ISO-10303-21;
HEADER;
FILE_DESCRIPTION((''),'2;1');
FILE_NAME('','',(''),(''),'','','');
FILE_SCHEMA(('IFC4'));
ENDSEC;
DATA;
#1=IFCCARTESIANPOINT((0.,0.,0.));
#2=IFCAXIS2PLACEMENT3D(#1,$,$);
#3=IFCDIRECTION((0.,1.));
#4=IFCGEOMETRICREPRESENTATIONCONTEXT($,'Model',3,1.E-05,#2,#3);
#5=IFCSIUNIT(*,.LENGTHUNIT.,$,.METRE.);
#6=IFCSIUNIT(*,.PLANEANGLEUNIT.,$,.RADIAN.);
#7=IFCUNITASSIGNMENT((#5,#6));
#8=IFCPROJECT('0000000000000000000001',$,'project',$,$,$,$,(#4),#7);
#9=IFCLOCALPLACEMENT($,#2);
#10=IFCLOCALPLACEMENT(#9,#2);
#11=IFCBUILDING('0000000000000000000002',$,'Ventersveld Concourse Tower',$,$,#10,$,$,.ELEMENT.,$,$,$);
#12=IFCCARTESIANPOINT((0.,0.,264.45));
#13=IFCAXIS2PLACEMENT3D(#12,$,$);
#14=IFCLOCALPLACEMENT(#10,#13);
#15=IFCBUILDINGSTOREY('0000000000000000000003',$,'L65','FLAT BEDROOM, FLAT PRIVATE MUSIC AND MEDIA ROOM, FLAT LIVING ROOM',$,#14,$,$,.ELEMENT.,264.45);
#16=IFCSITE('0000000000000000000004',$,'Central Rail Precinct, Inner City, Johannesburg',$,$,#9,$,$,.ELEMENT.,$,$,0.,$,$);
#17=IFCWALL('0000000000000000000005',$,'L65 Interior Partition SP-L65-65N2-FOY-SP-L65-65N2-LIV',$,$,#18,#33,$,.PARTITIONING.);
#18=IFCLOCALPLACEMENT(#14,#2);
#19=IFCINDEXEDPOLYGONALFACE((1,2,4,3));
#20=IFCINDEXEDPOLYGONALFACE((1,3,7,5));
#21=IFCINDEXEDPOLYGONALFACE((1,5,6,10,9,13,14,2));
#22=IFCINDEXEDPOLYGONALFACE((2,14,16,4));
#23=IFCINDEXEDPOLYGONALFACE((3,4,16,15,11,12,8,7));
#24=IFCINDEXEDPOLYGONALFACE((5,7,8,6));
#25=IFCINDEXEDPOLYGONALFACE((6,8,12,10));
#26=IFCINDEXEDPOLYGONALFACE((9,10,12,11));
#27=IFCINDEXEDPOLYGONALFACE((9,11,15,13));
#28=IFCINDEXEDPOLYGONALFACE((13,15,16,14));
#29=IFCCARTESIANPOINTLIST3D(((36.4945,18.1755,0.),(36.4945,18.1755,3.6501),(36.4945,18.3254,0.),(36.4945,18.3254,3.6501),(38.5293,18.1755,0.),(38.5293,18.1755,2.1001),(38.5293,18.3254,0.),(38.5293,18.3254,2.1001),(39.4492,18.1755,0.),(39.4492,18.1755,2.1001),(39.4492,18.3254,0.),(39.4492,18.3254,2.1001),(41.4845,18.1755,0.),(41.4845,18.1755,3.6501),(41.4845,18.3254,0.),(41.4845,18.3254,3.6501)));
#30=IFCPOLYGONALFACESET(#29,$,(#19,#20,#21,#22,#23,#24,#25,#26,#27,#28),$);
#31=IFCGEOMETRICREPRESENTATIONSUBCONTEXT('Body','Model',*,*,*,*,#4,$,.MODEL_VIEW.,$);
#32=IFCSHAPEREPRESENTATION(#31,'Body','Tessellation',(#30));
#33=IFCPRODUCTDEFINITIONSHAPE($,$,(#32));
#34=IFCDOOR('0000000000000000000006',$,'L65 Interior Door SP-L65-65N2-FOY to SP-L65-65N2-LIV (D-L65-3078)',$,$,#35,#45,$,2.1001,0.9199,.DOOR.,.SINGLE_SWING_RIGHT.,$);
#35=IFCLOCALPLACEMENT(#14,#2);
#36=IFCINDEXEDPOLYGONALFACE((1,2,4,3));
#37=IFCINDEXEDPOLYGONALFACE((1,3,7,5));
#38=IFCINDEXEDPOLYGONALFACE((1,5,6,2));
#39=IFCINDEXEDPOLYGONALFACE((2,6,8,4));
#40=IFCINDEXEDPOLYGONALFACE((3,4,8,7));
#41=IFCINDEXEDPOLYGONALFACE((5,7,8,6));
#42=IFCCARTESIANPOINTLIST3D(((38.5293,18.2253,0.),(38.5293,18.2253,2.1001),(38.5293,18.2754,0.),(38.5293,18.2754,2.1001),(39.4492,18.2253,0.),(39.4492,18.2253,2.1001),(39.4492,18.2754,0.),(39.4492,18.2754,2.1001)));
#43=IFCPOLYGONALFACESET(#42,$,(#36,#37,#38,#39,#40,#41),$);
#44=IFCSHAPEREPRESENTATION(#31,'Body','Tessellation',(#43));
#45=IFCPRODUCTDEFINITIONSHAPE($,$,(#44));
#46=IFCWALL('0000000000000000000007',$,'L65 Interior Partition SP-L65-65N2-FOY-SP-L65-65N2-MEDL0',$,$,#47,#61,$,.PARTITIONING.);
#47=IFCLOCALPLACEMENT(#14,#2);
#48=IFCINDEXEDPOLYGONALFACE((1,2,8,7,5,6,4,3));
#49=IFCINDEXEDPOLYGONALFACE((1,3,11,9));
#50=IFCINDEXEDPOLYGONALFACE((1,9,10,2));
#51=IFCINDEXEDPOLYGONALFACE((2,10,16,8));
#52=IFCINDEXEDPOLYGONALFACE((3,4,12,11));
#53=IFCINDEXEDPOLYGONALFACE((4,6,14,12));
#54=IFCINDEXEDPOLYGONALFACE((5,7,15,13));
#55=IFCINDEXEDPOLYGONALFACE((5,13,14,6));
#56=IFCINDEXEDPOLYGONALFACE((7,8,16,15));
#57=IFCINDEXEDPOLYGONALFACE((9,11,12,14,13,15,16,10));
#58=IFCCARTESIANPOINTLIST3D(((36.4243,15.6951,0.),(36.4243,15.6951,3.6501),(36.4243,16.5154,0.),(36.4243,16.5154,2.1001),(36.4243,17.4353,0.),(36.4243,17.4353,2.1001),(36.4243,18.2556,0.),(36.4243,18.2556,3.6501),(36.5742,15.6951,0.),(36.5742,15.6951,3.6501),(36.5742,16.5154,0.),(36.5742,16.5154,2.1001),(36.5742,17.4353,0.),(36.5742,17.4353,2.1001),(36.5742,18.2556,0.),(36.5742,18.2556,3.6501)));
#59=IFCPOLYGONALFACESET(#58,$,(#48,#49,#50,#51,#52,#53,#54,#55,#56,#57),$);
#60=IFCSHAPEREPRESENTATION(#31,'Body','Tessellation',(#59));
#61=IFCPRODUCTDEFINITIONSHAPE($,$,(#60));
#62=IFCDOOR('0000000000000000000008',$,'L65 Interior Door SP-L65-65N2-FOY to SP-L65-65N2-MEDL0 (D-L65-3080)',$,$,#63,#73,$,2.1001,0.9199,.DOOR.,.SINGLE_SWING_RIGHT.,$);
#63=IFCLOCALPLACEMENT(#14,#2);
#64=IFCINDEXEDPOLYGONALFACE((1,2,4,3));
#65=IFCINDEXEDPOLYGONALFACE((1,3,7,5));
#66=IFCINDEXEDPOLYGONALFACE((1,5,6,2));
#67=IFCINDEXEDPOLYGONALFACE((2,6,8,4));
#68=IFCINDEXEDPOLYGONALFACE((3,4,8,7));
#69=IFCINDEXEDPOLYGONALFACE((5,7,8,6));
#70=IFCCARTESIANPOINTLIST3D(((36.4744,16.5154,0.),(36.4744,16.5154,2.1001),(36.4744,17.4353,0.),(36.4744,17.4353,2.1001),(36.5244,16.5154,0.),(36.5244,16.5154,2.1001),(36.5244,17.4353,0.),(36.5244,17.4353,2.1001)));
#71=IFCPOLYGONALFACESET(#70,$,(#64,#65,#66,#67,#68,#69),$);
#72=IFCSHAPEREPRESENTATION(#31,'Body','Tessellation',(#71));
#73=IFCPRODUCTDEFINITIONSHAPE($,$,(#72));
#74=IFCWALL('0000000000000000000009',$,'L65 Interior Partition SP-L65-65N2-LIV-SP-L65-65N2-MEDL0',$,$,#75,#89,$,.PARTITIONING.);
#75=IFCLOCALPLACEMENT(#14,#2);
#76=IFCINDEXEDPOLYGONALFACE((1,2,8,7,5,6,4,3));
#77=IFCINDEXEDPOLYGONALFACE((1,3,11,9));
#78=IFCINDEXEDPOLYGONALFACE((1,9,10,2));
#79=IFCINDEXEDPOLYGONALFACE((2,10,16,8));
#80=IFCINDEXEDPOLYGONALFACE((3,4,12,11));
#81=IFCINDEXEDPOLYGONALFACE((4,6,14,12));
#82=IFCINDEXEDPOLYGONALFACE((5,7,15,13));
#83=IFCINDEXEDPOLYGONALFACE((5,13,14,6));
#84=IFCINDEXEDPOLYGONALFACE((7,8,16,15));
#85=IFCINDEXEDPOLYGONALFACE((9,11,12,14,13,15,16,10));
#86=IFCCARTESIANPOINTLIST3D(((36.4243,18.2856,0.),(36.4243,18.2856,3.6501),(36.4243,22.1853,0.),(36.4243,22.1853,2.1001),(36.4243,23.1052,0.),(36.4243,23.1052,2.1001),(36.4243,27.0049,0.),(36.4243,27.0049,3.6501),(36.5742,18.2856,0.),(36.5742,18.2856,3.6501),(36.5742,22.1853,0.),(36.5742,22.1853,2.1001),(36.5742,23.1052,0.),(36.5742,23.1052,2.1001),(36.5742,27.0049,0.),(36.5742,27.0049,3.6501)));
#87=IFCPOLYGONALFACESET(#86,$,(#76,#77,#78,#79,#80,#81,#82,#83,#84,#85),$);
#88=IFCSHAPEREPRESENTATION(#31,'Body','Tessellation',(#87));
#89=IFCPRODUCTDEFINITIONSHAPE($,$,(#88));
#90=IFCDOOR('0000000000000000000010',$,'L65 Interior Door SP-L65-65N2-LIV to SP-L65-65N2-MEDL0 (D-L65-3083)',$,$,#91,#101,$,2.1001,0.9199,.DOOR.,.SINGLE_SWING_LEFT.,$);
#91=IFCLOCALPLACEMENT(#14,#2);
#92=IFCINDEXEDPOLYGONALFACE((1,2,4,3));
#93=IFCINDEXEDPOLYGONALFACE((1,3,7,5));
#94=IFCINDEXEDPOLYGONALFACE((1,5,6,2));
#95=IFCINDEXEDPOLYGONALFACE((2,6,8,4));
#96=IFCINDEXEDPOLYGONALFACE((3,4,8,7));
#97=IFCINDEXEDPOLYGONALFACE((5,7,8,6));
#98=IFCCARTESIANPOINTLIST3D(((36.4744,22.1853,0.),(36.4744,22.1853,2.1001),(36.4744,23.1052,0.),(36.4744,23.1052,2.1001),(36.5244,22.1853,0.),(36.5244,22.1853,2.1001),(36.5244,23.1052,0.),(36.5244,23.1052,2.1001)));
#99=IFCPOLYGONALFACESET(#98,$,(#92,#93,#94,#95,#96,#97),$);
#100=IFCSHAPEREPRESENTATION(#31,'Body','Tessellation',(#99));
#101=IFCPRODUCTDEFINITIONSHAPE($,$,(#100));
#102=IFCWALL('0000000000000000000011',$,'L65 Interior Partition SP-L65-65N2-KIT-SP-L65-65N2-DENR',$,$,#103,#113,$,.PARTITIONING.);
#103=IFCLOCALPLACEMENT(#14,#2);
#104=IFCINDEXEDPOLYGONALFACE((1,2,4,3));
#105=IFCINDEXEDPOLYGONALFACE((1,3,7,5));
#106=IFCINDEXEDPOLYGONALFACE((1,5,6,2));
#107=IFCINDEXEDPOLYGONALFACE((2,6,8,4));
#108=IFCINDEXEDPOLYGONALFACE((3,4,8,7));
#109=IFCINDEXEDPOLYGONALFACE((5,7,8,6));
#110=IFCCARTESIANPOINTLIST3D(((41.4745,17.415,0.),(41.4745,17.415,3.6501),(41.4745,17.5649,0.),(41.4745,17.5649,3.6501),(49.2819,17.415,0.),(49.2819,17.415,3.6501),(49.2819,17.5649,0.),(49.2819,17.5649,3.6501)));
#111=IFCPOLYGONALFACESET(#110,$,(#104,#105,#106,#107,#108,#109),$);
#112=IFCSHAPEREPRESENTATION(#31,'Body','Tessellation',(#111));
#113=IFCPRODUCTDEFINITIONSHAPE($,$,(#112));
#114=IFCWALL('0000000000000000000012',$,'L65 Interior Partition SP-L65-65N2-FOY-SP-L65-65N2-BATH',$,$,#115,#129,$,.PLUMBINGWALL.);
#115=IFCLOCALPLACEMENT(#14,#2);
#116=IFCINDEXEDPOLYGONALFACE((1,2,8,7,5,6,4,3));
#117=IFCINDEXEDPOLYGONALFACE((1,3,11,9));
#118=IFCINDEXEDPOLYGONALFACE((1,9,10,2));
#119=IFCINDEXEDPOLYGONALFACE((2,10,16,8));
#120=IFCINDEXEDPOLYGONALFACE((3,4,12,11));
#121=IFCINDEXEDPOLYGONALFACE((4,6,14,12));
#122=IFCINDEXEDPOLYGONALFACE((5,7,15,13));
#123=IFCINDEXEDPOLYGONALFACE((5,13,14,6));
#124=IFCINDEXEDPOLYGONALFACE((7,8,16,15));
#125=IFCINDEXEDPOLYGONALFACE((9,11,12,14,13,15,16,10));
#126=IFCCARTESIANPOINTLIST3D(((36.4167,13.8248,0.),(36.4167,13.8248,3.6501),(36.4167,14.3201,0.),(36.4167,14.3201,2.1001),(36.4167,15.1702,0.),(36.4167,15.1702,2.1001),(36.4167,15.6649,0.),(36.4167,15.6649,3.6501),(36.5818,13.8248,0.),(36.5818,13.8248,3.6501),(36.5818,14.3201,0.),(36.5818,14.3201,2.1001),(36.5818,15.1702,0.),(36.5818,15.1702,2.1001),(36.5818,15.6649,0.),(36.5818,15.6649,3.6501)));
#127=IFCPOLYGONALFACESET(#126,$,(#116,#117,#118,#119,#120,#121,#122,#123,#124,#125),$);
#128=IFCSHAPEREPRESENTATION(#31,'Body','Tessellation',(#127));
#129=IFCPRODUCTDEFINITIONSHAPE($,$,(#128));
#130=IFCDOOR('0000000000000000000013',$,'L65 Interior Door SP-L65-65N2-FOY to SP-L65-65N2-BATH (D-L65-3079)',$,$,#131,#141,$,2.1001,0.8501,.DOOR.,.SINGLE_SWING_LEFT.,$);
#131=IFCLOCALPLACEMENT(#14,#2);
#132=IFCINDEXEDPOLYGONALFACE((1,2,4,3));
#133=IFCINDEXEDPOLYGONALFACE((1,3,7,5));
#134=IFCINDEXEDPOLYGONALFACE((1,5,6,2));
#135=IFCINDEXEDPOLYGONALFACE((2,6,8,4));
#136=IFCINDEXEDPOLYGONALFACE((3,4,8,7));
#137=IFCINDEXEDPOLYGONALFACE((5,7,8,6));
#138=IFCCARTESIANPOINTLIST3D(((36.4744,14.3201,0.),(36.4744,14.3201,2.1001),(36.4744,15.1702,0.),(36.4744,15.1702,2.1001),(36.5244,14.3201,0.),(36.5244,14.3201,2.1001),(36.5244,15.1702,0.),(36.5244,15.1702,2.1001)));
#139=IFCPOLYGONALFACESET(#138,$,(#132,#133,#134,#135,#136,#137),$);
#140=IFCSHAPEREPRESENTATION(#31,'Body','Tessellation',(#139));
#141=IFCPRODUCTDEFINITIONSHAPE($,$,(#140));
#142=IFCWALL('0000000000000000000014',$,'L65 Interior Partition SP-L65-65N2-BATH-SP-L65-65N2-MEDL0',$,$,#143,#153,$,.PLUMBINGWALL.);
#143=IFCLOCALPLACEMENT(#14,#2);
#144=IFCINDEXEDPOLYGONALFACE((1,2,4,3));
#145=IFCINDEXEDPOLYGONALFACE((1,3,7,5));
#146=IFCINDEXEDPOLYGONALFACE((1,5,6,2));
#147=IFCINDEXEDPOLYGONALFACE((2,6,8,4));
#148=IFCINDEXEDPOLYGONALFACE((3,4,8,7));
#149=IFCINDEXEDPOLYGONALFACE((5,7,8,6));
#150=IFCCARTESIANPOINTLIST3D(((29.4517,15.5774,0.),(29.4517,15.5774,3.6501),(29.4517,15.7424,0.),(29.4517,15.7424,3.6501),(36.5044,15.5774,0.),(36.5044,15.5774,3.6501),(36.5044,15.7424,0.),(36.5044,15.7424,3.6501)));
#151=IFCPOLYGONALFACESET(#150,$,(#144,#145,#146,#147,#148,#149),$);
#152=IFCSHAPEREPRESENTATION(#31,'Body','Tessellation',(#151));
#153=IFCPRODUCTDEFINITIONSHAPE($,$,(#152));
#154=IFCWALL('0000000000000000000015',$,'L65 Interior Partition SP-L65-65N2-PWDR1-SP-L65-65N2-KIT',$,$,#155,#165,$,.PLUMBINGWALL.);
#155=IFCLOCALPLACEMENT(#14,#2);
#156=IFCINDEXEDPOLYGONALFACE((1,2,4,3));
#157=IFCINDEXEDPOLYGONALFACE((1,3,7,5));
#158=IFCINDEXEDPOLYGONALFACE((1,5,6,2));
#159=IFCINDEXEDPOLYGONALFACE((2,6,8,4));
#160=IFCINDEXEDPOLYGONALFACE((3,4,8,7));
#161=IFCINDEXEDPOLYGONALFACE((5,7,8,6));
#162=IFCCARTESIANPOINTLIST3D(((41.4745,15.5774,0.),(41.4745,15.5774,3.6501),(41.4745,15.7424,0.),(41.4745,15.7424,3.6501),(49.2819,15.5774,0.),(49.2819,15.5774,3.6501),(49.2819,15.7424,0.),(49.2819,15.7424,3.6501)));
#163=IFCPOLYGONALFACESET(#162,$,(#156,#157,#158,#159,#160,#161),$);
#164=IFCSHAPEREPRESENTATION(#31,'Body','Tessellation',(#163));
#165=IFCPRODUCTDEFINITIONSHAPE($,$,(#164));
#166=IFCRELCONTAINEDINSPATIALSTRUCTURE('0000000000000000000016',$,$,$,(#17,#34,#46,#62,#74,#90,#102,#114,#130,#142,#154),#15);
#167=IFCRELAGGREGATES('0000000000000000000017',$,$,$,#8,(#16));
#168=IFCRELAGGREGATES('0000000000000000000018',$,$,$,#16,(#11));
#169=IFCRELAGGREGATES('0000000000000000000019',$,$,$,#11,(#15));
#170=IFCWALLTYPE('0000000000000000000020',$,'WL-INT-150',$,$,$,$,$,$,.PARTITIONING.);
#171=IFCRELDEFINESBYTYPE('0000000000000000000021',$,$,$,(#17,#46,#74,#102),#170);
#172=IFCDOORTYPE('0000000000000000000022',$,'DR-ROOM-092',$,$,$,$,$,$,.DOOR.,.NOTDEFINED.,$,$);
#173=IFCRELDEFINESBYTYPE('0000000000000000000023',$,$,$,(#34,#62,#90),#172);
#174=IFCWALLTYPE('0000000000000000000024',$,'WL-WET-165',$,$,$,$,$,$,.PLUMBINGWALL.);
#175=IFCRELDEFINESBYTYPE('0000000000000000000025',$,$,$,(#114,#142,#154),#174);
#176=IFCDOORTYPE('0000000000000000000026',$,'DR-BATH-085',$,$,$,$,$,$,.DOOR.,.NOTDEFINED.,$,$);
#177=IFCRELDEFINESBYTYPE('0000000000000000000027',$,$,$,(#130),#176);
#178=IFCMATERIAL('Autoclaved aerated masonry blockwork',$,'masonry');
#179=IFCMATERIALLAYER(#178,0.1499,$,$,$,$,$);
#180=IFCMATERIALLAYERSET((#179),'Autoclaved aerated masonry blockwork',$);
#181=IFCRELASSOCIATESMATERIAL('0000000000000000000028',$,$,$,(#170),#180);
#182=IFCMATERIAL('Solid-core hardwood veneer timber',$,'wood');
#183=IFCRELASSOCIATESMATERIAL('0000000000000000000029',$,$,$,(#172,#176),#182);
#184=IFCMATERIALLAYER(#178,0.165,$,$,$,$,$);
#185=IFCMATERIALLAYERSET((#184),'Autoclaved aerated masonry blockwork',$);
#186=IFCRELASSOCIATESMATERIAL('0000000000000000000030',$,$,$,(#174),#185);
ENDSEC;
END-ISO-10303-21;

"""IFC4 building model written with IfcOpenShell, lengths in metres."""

from ifc_helpers import new_model, si_unit, direction, frame, frame_2d, origin, place, context, subcontext, project, spatial, rectangle, extrude, material, layer, layer_set, type_object, element, fill, save


model = new_model("IFC4")

# Units and contexts
model_context = context("Model", 3, precision=1e-05, world=origin(), true_north=direction((0.0, 1.0)))
body_context = subcontext(model_context, "Body", "Model", "MODEL_VIEW")
ifc_project = project(units=[si_unit("LENGTHUNIT", "METRE"), si_unit("PLANEANGLEUNIT", "RADIAN")], contexts=[model_context])

# Site, building, storey
site_placement = place(None, origin())
site = spatial("IfcSite", under=ifc_project, at=site_placement, Name="Central Rail Precinct, Inner City, Johannesburg", CompositionType="ELEMENT", RefElevation=0.0)
building_placement = place(site_placement, origin())
building = spatial("IfcBuilding", under=site, at=building_placement, Name="Ventersveld Concourse Tower", CompositionType="ELEMENT")
storey_placement = place(building_placement, frame((0.0, 0.0, 264.45)))
storey = spatial("IfcBuildingStorey", under=building, at=storey_placement, Name="L65", Description="FLAT BEDROOM, FLAT PRIVATE MUSIC AND MEDIA ROOM, FLAT LIVING ROOM", CompositionType="ELEMENT", Elevation=264.45)

# Shared definitions
ifc_material_1 = material(Name="Solid-core hardwood veneer timber", Category="wood")

# Walls, openings, doors
ifc_material_2 = material(Name="Autoclaved aerated masonry blockwork", Category="masonry")
ifc_layer_1 = layer(ifc_material_2, 0.1499)
ifc_layer_set_1 = layer_set([ifc_layer_1], Name="Autoclaved aerated masonry blockwork")
wall_type_1 = type_object("IfcWallType", Name="WL-INT-150", PredefinedType="PARTITIONING", material=ifc_layer_set_1)
wall_1_placement = place(storey_placement, frame((36.4944, 18.2505, 0.0), z_axis=(0.0, 0.0, 1.0), x_axis=(1.0, 0.0, 0.0)))
wall_1 = element("IfcWall", 1, at=wall_1_placement, inside=storey, type_object=wall_type_1, Name="L65 Interior Partition SP-L65-65N2-FOY-SP-L65-65N2-LIV", PredefinedType="PARTITIONING", context=body_context, shape_type="SweptSolid", body=[
    extrude(rectangle(XDim=4.99, YDim=0.1499, at=frame_2d((2.4951, 0.0))), origin(), (0.0, 0.0, 1.0), 3.6501),
])
opening_1_placement = place(wall_1_placement, frame((2.0349, 0.0, 0.0)))
opening_1 = element("IfcOpeningElement", 2, at=opening_1_placement, cuts=wall_1, PredefinedType="OPENING", context=body_context, shape_type="SweptSolid", body=[
    extrude(rectangle(XDim=0.9199, YDim=2.1001, at=frame_2d((0.46, 1.05))), frame((0.0, 0.085, 0.0), z_axis=(0.0, -1.0, 0.0), x_axis=(1.0, 0.0, 0.0)), (0.0, 0.0, 1.0), 0.1699),
])
door_type_1 = type_object("IfcDoorType", Name="DR-ROOM-092", OperationType="NOTDEFINED", PredefinedType="DOOR", material=ifc_material_1)
door_1_placement = place(opening_1_placement, origin())
door_1 = element("IfcDoor", 3, at=door_1_placement, inside=storey, type_object=door_type_1, Name="L65 Interior Door SP-L65-65N2-FOY to SP-L65-65N2-LIV (D-L65-3078)", OperationType="SINGLE_SWING_RIGHT", OverallHeight=2.1001, OverallWidth=0.9199, PredefinedType="DOOR", context=body_context, shape_type="SweptSolid", body=[
    extrude(rectangle(XDim=0.9199, YDim=2.1001, at=frame_2d((0.46, 1.05))), frame((0.0, 0.0249, 0.0), z_axis=(0.0, -1.0, 0.0), x_axis=(1.0, 0.0, 0.0)), (0.0, 0.0, 1.0), 0.05),
])
fill(opening_1, door_1)
wall_2_placement = place(storey_placement, frame((36.4993, 15.6951, 0.0), z_axis=(0.0, 0.0, 1.0), x_axis=(0.0, 1.0, 0.0)))
wall_2 = element("IfcWall", 4, at=wall_2_placement, inside=storey, type_object=wall_type_1, Name="L65 Interior Partition SP-L65-65N2-FOY-SP-L65-65N2-MEDL0", PredefinedType="PARTITIONING", context=body_context, shape_type="SweptSolid", body=[
    extrude(rectangle(XDim=2.5605, YDim=0.1499, at=frame_2d((1.2803, 0.0))), origin(), (0.0, 0.0, 1.0), 3.6501),
])
opening_2_placement = place(wall_2_placement, frame((0.8203, 0.0, 0.0)))
opening_2 = element("IfcOpeningElement", 5, at=opening_2_placement, cuts=wall_2, PredefinedType="OPENING", context=body_context, shape_type="SweptSolid", body=[
    extrude(rectangle(XDim=0.9199, YDim=2.1001, at=frame_2d((0.46, 1.05))), frame((0.0, 0.085, 0.0), z_axis=(0.0, -1.0, 0.0), x_axis=(1.0, 0.0, 0.0)), (0.0, 0.0, 1.0), 0.1699),
])
door_2_placement = place(opening_2_placement, origin())
door_2 = element("IfcDoor", 6, at=door_2_placement, inside=storey, type_object=door_type_1, Name="L65 Interior Door SP-L65-65N2-FOY to SP-L65-65N2-MEDL0 (D-L65-3080)", OperationType="SINGLE_SWING_RIGHT", OverallHeight=2.1001, OverallWidth=0.9199, PredefinedType="DOOR", context=body_context, shape_type="SweptSolid", body=[
    extrude(rectangle(XDim=0.9199, YDim=2.1001, at=frame_2d((0.46, 1.05))), frame((0.0, 0.0249, 0.0), z_axis=(0.0, -1.0, 0.0), x_axis=(1.0, 0.0, 0.0)), (0.0, 0.0, 1.0), 0.05),
])
fill(opening_2, door_2)
wall_3_placement = place(storey_placement, frame((36.4993, 18.2856, 0.0), z_axis=(0.0, 0.0, 1.0), x_axis=(0.0, 1.0, 0.0)))
wall_3 = element("IfcWall", 7, at=wall_3_placement, inside=storey, type_object=wall_type_1, Name="L65 Interior Partition SP-L65-65N2-LIV-SP-L65-65N2-MEDL0", PredefinedType="PARTITIONING", context=body_context, shape_type="SweptSolid", body=[
    extrude(rectangle(XDim=8.7192, YDim=0.1499, at=frame_2d((4.3596, 0.0))), origin(), (0.0, 0.0, 1.0), 3.6501),
])
opening_3_placement = place(wall_3_placement, frame((3.8997, 0.0, 0.0)))
opening_3 = element("IfcOpeningElement", 8, at=opening_3_placement, cuts=wall_3, PredefinedType="OPENING", context=body_context, shape_type="SweptSolid", body=[
    extrude(rectangle(XDim=0.9199, YDim=2.1001, at=frame_2d((0.46, 1.05))), frame((0.0, 0.085, 0.0), z_axis=(0.0, -1.0, 0.0), x_axis=(1.0, 0.0, 0.0)), (0.0, 0.0, 1.0), 0.1699),
])
door_3_placement = place(opening_3_placement, origin())
door_3 = element("IfcDoor", 9, at=door_3_placement, inside=storey, type_object=door_type_1, Name="L65 Interior Door SP-L65-65N2-LIV to SP-L65-65N2-MEDL0 (D-L65-3083)", OperationType="SINGLE_SWING_LEFT", OverallHeight=2.1001, OverallWidth=0.9199, PredefinedType="DOOR", context=body_context, shape_type="SweptSolid", body=[
    extrude(rectangle(XDim=0.9199, YDim=2.1001, at=frame_2d((0.46, 1.05))), frame((0.0, 0.0249, 0.0), z_axis=(0.0, -1.0, 0.0), x_axis=(1.0, 0.0, 0.0)), (0.0, 0.0, 1.0), 0.05),
])
fill(opening_3, door_3)

# Wall
wall_4_placement = place(storey_placement, frame((41.4744, 17.49, 0.0), z_axis=(0.0, 0.0, 1.0), x_axis=(1.0, 0.0, 0.0)))
element("IfcWall", 10, at=wall_4_placement, inside=storey, type_object=wall_type_1, Name="L65 Interior Partition SP-L65-65N2-KIT-SP-L65-65N2-DENR", PredefinedType="PARTITIONING", context=body_context, shape_type="SweptSolid", body=[
    extrude(rectangle(XDim=7.8074, YDim=0.1499, at=frame_2d((3.9038, 0.0))), origin(), (0.0, 0.0, 1.0), 3.6501),
])

# Wall, opening, door
ifc_layer_2 = layer(ifc_material_2, 0.165)
ifc_layer_set_2 = layer_set([ifc_layer_2], Name="Autoclaved aerated masonry blockwork")
wall_type_2 = type_object("IfcWallType", Name="WL-WET-165", PredefinedType="PLUMBINGWALL", material=ifc_layer_set_2)
wall_5_placement = place(storey_placement, frame((36.4993, 13.825, 0.0), z_axis=(0.0, 0.0, 1.0), x_axis=(0.0, 1.0, 0.0)))
wall_5 = element("IfcWall", 11, at=wall_5_placement, inside=storey, type_object=wall_type_2, Name="L65 Interior Partition SP-L65-65N2-FOY-SP-L65-65N2-BATH", PredefinedType="PLUMBINGWALL", context=body_context, shape_type="SweptSolid", body=[
    extrude(rectangle(XDim=1.8401, YDim=0.165, at=frame_2d((0.9199, 0.0))), origin(), (0.0, 0.0, 1.0), 3.6501),
])
opening_4_placement = place(wall_5_placement, frame((0.4951, 0.0, 0.0)))
opening_4 = element("IfcOpeningElement", 12, at=opening_4_placement, cuts=wall_5, PredefinedType="OPENING", context=body_context, shape_type="SweptSolid", body=[
    extrude(rectangle(XDim=0.8501, YDim=2.1001, at=frame_2d((0.425, 1.05))), frame((0.0, 0.0925, 0.0), z_axis=(0.0, -1.0, 0.0), x_axis=(1.0, 0.0, 0.0)), (0.0, 0.0, 1.0), 0.1851),
])
door_type_2 = type_object("IfcDoorType", Name="DR-BATH-085", OperationType="NOTDEFINED", PredefinedType="DOOR", material=ifc_material_1)
door_4_placement = place(opening_4_placement, origin())
door_4 = element("IfcDoor", 13, at=door_4_placement, inside=storey, type_object=door_type_2, Name="L65 Interior Door SP-L65-65N2-FOY to SP-L65-65N2-BATH (D-L65-3079)", OperationType="SINGLE_SWING_LEFT", OverallHeight=2.1001, OverallWidth=0.8501, PredefinedType="DOOR", context=body_context, shape_type="SweptSolid", body=[
    extrude(rectangle(XDim=0.8501, YDim=2.1001, at=frame_2d((0.425, 1.05))), frame((0.0, 0.0249, 0.0), z_axis=(0.0, -1.0, 0.0), x_axis=(1.0, 0.0, 0.0)), (0.0, 0.0, 1.0), 0.05),
])
fill(opening_4, door_4)

# Walls
wall_6_placement = place(storey_placement, frame((29.4517, 15.6599, 0.0), z_axis=(0.0, 0.0, 1.0), x_axis=(1.0, 0.0, 0.0)))
element("IfcWall", 14, at=wall_6_placement, inside=storey, type_object=wall_type_2, Name="L65 Interior Partition SP-L65-65N2-BATH-SP-L65-65N2-MEDL0", PredefinedType="PLUMBINGWALL", context=body_context, shape_type="SweptSolid", body=[
    extrude(rectangle(XDim=7.0527, YDim=0.165, at=frame_2d((3.5264, 0.0))), origin(), (0.0, 0.0, 1.0), 3.6501),
])
wall_7_placement = place(storey_placement, frame((41.4744, 15.6599, 0.0), z_axis=(0.0, 0.0, 1.0), x_axis=(1.0, 0.0, 0.0)))
element("IfcWall", 15, at=wall_7_placement, inside=storey, type_object=wall_type_2, Name="L65 Interior Partition SP-L65-65N2-PWDR1-SP-L65-65N2-KIT", PredefinedType="PLUMBINGWALL", context=body_context, shape_type="SweptSolid", body=[
    extrude(rectangle(XDim=7.8074, YDim=0.165, at=frame_2d((3.9038, 0.0))), origin(), (0.0, 0.0, 1.0), 3.6501),
])

save(model, "model.ifc")
